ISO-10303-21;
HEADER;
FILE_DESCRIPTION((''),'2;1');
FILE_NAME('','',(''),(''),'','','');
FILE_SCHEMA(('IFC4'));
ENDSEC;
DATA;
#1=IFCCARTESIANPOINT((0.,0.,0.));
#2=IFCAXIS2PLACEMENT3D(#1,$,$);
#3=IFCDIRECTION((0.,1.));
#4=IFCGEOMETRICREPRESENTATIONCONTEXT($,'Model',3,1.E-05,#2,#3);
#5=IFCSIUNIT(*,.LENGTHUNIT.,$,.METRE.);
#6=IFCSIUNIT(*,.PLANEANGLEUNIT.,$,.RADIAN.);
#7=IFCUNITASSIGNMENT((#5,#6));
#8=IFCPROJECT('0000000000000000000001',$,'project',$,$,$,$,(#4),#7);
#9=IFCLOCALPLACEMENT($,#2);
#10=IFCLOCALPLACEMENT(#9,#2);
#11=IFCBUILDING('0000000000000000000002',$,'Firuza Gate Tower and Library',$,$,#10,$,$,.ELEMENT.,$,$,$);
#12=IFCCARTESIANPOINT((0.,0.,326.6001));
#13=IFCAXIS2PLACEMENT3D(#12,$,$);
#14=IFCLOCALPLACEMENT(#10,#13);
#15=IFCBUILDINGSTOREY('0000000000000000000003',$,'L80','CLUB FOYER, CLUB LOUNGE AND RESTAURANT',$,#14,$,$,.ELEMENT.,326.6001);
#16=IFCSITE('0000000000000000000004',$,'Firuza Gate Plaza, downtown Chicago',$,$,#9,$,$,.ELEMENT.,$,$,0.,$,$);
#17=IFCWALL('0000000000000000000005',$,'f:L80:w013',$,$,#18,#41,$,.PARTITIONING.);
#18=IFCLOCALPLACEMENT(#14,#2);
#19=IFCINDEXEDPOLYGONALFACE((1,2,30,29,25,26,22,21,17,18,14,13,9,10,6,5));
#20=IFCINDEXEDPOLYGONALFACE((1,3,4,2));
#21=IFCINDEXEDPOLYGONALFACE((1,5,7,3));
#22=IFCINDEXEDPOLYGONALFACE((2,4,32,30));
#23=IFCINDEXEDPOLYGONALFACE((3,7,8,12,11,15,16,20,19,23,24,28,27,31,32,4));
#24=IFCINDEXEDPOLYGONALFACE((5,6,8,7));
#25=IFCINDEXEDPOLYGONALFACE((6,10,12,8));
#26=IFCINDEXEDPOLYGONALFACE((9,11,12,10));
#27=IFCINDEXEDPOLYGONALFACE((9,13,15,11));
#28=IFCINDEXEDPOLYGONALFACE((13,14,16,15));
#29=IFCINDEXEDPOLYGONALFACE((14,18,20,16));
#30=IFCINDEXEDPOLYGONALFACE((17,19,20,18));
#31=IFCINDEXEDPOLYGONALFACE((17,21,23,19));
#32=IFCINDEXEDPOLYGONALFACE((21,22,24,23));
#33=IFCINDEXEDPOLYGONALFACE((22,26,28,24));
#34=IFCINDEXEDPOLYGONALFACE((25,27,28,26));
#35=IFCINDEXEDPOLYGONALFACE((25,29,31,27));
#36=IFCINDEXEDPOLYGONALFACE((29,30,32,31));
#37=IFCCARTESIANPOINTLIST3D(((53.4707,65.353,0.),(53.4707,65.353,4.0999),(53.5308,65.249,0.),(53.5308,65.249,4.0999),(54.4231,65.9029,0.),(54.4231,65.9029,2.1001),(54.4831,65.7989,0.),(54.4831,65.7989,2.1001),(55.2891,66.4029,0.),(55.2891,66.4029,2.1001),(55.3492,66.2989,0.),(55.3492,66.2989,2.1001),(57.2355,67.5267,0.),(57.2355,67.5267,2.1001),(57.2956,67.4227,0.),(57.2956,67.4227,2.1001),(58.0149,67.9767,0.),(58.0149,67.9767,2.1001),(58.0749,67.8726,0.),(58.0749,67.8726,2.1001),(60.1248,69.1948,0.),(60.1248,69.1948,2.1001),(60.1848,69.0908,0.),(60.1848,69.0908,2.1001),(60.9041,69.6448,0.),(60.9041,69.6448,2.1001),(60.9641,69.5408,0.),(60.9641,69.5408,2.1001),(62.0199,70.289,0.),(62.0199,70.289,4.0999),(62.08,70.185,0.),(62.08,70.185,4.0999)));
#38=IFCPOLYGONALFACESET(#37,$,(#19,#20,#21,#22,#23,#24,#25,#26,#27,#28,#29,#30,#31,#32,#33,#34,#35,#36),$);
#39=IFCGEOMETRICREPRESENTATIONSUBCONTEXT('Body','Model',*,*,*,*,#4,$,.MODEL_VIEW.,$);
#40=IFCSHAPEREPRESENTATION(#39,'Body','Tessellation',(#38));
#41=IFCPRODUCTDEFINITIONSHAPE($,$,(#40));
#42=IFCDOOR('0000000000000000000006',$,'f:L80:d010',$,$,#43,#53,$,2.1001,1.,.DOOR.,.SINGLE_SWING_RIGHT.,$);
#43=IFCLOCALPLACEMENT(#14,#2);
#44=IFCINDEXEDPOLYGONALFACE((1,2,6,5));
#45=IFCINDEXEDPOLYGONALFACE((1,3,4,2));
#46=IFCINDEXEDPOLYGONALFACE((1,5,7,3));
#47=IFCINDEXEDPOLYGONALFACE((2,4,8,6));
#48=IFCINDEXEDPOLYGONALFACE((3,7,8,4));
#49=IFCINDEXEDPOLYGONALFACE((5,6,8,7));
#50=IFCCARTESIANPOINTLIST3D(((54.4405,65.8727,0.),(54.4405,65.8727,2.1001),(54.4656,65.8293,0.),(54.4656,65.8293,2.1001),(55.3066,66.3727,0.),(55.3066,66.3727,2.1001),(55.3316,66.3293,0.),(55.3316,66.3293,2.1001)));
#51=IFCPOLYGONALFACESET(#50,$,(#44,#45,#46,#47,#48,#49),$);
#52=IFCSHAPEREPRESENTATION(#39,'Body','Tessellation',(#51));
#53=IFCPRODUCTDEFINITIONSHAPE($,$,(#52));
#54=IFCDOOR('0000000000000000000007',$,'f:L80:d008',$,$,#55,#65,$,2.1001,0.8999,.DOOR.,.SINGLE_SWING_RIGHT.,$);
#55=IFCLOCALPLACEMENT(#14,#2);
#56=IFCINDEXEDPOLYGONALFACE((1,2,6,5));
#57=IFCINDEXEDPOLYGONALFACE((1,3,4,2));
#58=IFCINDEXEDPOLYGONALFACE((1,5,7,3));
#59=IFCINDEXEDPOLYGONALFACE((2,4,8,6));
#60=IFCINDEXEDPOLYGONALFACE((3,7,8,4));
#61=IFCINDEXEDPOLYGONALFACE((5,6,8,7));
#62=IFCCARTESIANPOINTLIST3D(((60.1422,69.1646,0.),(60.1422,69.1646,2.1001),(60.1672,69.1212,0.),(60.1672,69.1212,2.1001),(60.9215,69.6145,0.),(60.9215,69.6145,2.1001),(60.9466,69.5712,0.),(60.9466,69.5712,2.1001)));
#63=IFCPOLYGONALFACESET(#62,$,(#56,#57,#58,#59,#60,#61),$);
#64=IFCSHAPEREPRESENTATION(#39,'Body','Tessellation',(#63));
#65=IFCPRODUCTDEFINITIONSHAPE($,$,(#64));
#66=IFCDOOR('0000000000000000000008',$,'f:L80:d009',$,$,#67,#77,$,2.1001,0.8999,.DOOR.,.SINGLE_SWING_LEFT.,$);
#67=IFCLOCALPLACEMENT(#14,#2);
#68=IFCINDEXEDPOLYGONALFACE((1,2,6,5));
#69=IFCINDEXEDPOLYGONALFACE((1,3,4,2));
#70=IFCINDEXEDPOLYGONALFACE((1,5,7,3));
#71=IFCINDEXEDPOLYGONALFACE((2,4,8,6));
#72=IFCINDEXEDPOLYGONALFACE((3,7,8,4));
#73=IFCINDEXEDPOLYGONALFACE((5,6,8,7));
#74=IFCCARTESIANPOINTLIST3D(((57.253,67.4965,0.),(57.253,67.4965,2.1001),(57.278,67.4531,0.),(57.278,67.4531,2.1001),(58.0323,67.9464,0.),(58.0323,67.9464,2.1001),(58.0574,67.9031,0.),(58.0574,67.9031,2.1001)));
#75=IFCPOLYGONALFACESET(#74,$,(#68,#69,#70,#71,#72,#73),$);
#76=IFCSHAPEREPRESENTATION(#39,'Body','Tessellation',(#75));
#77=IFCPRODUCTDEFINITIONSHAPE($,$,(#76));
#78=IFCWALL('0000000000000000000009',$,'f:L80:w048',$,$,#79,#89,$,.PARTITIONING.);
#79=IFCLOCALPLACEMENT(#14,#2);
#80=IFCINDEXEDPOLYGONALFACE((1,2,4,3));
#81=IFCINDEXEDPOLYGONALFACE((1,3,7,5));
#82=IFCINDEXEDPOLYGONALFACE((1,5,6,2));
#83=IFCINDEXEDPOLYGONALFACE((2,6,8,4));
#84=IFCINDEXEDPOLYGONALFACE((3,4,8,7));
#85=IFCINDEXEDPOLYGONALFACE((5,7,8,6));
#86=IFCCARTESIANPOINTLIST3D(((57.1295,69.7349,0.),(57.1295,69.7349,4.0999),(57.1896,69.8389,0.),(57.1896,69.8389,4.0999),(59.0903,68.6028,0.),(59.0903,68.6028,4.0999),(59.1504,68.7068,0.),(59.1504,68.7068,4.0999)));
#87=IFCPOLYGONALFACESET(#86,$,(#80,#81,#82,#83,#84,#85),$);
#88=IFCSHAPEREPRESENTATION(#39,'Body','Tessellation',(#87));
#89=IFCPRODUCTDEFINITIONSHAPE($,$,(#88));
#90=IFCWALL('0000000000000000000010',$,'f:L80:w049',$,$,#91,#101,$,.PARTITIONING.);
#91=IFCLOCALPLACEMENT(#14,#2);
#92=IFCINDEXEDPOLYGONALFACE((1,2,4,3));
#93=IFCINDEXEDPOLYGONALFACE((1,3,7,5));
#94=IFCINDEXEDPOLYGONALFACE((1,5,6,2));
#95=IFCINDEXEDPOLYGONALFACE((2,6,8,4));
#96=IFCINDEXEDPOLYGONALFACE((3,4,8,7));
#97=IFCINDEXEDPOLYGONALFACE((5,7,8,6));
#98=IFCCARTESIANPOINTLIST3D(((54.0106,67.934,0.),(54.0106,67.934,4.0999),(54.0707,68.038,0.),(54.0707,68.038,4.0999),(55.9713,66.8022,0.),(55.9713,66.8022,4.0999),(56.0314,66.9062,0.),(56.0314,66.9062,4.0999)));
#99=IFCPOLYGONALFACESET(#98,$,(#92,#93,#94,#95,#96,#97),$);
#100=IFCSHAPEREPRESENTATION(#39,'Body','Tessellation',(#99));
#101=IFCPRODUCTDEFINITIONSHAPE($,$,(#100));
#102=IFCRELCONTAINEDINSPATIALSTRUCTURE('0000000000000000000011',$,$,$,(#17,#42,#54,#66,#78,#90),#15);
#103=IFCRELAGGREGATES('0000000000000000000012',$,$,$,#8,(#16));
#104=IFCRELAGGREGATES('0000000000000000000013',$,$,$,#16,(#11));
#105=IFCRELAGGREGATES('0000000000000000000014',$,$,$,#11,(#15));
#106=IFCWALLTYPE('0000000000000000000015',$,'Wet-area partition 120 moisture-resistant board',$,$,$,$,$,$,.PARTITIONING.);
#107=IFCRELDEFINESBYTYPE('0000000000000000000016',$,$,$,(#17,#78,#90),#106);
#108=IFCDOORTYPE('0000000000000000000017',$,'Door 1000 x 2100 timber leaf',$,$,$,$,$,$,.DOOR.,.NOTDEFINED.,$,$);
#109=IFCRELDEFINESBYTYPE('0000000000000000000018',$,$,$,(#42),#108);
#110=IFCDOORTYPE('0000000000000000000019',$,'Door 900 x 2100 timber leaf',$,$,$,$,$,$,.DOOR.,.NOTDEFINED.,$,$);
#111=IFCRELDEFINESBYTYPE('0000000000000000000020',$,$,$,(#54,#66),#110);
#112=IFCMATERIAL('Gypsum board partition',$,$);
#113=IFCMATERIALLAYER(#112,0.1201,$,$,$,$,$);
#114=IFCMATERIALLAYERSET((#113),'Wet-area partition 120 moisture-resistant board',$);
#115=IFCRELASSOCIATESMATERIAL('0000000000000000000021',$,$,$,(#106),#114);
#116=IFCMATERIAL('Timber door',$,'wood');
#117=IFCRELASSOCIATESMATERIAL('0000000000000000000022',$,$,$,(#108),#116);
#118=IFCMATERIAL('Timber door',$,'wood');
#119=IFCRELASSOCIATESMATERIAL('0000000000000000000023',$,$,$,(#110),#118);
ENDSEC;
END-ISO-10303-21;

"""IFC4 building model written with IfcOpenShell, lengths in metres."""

from ifc_helpers import new_model, si_unit, direction, frame, frame_2d, origin, place, context, subcontext, project, spatial, rectangle, extrude, material, layer, layer_set, type_object, element, fill, save


model = new_model("IFC4")

# Units and contexts
model_context = context("Model", 3, precision=1e-05, world=origin(), true_north=direction((0.0, 1.0)))
body_context = subcontext(model_context, "Body", "Model", "MODEL_VIEW")
ifc_project = project(units=[si_unit("LENGTHUNIT", "METRE"), si_unit("PLANEANGLEUNIT", "RADIAN")], contexts=[model_context])

# Site, building, storey
site_placement = place(None, origin())
site = spatial("IfcSite", under=ifc_project, at=site_placement, Name="Firuza Gate Plaza, downtown Chicago", CompositionType="ELEMENT", RefElevation=0.0)
building_placement = place(site_placement, origin())
building = spatial("IfcBuilding", under=site, at=building_placement, Name="Firuza Gate Tower and Library", CompositionType="ELEMENT")
storey_placement = place(building_placement, frame((0.0, 0.0, 326.6001)))
storey = spatial("IfcBuildingStorey", under=building, at=storey_placement, Name="L80", Description="CLUB FOYER, CLUB LOUNGE AND RESTAURANT", CompositionType="ELEMENT", Elevation=326.6001)

# Wall, openings, doors
ifc_material_1 = material(Name="Gypsum board partition")
ifc_layer_1 = layer(ifc_material_1, 0.1201)
ifc_layer_set_1 = layer_set([ifc_layer_1], Name="Wet-area partition 120 moisture-resistant board")
wall_type_1 = type_object("IfcWallType", Name="Wet-area partition 120 moisture-resistant board", PredefinedType="PARTITIONING", material=ifc_layer_set_1)
wall_1_placement = place(storey_placement, frame((62.05, 70.2371, 0.0), z_axis=(0.0, 0.0, 1.0), x_axis=(-0.866022, -0.500006, 0.0)))
wall_1 = element("IfcWall", 1, at=wall_1_placement, inside=storey, type_object=wall_type_1, Name="f:L80:w013", PredefinedType="PARTITIONING", context=body_context, shape_type="SweptSolid", body=[
    extrude(rectangle(XDim=9.8718, YDim=0.1201, at=frame_2d((4.936, 0.0))), origin(), (0.0, 0.0, 1.0), 4.0999),
])
opening_1_placement = place(wall_1_placement, frame((1.2886, 0.0, 0.0)))
opening_1 = element("IfcOpeningElement", 2, at=opening_1_placement, cuts=wall_1, PredefinedType="OPENING", context=body_context, shape_type="SweptSolid", body=[
    extrude(rectangle(XDim=0.8999, YDim=2.1001, at=frame_2d((0.45, 1.05))), frame((0.0, 0.0701, 0.0), z_axis=(0.0, -1.0, 0.0), x_axis=(1.0, 0.0, 0.0)), (0.0, 0.0, 1.0), 0.1401),
])
opening_2_placement = place(wall_1_placement, frame((4.6248, 0.0, 0.0)))
opening_2 = element("IfcOpeningElement", 3, at=opening_2_placement, cuts=wall_1, PredefinedType="OPENING", context=body_context, shape_type="SweptSolid", body=[
    extrude(rectangle(XDim=0.8999, YDim=2.1001, at=frame_2d((0.45, 1.05))), frame((0.0, 0.0701, 0.0), z_axis=(0.0, -1.0, 0.0), x_axis=(1.0, 0.0, 0.0)), (0.0, 0.0, 1.0), 0.1401),
])
opening_3_placement = place(wall_1_placement, frame((7.7722, 0.0, 0.0)))
opening_3 = element("IfcOpeningElement", 4, at=opening_3_placement, cuts=wall_1, PredefinedType="OPENING", context=body_context, shape_type="SweptSolid", body=[
    extrude(rectangle(XDim=1.0, YDim=2.1001, at=frame_2d((0.5, 1.05))), frame((0.0, 0.0701, 0.0), z_axis=(0.0, -1.0, 0.0), x_axis=(1.0, 0.0, 0.0)), (0.0, 0.0, 1.0), 0.1401),
])
ifc_material_2 = material(Name="Timber door", Category="wood")
door_type_1 = type_object("IfcDoorType", Name="Door 1000 x 2100 timber leaf", OperationType="NOTDEFINED", PredefinedType="DOOR", material=ifc_material_2)
door_1_placement = place(opening_3_placement, origin())
door_1 = element("IfcDoor", 5, at=door_1_placement, inside=storey, type_object=door_type_1, Name="f:L80:d010", OperationType="SINGLE_SWING_RIGHT", OverallHeight=2.1001, OverallWidth=1.0, PredefinedType="DOOR", context=body_context, shape_type="SweptSolid", body=[
    extrude(rectangle(XDim=1.0, YDim=2.1001, at=frame_2d((0.5, 1.05))), frame((0.0, 0.0249, 0.0), z_axis=(0.0, -1.0, 0.0), x_axis=(1.0, 0.0, 0.0)), (0.0, 0.0, 1.0), 0.05),
])
fill(opening_3, door_1)
ifc_material_3 = material(Name="Timber door", Category="wood")
door_type_2 = type_object("IfcDoorType", Name="Door 900 x 2100 timber leaf", OperationType="NOTDEFINED", PredefinedType="DOOR", material=ifc_material_3)
door_2_placement = place(opening_1_placement, origin())
door_2 = element("IfcDoor", 6, at=door_2_placement, inside=storey, type_object=door_type_2, Name="f:L80:d008", OperationType="SINGLE_SWING_RIGHT", OverallHeight=2.1001, OverallWidth=0.8999, PredefinedType="DOOR", context=body_context, shape_type="SweptSolid", body=[
    extrude(rectangle(XDim=0.8999, YDim=2.1001, at=frame_2d((0.45, 1.05))), frame((0.0, 0.0249, 0.0), z_axis=(0.0, -1.0, 0.0), x_axis=(1.0, 0.0, 0.0)), (0.0, 0.0, 1.0), 0.05),
])
fill(opening_1, door_2)
door_3_placement = place(opening_2_placement, origin())
door_3 = element("IfcDoor", 7, at=door_3_placement, inside=storey, type_object=door_type_2, Name="f:L80:d009", OperationType="SINGLE_SWING_LEFT", OverallHeight=2.1001, OverallWidth=0.8999, PredefinedType="DOOR", context=body_context, shape_type="SweptSolid", body=[
    extrude(rectangle(XDim=0.8999, YDim=2.1001, at=frame_2d((0.45, 1.05))), frame((0.0, 0.0249, 0.0), z_axis=(0.0, -1.0, 0.0), x_axis=(1.0, 0.0, 0.0)), (0.0, 0.0, 1.0), 0.05),
])
fill(opening_2, door_3)

# Walls
wall_2_placement = place(storey_placement, frame((59.1204, 68.6548, 0.0), z_axis=(0.0, 0.0, 1.0), x_axis=(-0.866011, 0.500024, 0.0)))
element("IfcWall", 8, at=wall_2_placement, inside=storey, type_object=wall_type_1, Name="f:L80:w048", PredefinedType="PARTITIONING", context=body_context, shape_type="SweptSolid", body=[
    extrude(rectangle(XDim=2.2642, YDim=0.1201, at=frame_2d((1.1321, 0.0))), origin(), (0.0, 0.0, 1.0), 4.0999),
])
wall_3_placement = place(storey_placement, frame((56.0012, 66.8542, 0.0), z_axis=(0.0, 0.0, 1.0), x_axis=(-0.866058, 0.499943, 0.0)))
element("IfcWall", 9, at=wall_3_placement, inside=storey, type_object=wall_type_1, Name="f:L80:w049", PredefinedType="PARTITIONING", context=body_context, shape_type="SweptSolid", body=[
    extrude(rectangle(XDim=2.2639, YDim=0.1201, at=frame_2d((1.1318, 0.0))), origin(), (0.0, 0.0, 1.0), 4.0999),
])

save(model, "model.ifc")
